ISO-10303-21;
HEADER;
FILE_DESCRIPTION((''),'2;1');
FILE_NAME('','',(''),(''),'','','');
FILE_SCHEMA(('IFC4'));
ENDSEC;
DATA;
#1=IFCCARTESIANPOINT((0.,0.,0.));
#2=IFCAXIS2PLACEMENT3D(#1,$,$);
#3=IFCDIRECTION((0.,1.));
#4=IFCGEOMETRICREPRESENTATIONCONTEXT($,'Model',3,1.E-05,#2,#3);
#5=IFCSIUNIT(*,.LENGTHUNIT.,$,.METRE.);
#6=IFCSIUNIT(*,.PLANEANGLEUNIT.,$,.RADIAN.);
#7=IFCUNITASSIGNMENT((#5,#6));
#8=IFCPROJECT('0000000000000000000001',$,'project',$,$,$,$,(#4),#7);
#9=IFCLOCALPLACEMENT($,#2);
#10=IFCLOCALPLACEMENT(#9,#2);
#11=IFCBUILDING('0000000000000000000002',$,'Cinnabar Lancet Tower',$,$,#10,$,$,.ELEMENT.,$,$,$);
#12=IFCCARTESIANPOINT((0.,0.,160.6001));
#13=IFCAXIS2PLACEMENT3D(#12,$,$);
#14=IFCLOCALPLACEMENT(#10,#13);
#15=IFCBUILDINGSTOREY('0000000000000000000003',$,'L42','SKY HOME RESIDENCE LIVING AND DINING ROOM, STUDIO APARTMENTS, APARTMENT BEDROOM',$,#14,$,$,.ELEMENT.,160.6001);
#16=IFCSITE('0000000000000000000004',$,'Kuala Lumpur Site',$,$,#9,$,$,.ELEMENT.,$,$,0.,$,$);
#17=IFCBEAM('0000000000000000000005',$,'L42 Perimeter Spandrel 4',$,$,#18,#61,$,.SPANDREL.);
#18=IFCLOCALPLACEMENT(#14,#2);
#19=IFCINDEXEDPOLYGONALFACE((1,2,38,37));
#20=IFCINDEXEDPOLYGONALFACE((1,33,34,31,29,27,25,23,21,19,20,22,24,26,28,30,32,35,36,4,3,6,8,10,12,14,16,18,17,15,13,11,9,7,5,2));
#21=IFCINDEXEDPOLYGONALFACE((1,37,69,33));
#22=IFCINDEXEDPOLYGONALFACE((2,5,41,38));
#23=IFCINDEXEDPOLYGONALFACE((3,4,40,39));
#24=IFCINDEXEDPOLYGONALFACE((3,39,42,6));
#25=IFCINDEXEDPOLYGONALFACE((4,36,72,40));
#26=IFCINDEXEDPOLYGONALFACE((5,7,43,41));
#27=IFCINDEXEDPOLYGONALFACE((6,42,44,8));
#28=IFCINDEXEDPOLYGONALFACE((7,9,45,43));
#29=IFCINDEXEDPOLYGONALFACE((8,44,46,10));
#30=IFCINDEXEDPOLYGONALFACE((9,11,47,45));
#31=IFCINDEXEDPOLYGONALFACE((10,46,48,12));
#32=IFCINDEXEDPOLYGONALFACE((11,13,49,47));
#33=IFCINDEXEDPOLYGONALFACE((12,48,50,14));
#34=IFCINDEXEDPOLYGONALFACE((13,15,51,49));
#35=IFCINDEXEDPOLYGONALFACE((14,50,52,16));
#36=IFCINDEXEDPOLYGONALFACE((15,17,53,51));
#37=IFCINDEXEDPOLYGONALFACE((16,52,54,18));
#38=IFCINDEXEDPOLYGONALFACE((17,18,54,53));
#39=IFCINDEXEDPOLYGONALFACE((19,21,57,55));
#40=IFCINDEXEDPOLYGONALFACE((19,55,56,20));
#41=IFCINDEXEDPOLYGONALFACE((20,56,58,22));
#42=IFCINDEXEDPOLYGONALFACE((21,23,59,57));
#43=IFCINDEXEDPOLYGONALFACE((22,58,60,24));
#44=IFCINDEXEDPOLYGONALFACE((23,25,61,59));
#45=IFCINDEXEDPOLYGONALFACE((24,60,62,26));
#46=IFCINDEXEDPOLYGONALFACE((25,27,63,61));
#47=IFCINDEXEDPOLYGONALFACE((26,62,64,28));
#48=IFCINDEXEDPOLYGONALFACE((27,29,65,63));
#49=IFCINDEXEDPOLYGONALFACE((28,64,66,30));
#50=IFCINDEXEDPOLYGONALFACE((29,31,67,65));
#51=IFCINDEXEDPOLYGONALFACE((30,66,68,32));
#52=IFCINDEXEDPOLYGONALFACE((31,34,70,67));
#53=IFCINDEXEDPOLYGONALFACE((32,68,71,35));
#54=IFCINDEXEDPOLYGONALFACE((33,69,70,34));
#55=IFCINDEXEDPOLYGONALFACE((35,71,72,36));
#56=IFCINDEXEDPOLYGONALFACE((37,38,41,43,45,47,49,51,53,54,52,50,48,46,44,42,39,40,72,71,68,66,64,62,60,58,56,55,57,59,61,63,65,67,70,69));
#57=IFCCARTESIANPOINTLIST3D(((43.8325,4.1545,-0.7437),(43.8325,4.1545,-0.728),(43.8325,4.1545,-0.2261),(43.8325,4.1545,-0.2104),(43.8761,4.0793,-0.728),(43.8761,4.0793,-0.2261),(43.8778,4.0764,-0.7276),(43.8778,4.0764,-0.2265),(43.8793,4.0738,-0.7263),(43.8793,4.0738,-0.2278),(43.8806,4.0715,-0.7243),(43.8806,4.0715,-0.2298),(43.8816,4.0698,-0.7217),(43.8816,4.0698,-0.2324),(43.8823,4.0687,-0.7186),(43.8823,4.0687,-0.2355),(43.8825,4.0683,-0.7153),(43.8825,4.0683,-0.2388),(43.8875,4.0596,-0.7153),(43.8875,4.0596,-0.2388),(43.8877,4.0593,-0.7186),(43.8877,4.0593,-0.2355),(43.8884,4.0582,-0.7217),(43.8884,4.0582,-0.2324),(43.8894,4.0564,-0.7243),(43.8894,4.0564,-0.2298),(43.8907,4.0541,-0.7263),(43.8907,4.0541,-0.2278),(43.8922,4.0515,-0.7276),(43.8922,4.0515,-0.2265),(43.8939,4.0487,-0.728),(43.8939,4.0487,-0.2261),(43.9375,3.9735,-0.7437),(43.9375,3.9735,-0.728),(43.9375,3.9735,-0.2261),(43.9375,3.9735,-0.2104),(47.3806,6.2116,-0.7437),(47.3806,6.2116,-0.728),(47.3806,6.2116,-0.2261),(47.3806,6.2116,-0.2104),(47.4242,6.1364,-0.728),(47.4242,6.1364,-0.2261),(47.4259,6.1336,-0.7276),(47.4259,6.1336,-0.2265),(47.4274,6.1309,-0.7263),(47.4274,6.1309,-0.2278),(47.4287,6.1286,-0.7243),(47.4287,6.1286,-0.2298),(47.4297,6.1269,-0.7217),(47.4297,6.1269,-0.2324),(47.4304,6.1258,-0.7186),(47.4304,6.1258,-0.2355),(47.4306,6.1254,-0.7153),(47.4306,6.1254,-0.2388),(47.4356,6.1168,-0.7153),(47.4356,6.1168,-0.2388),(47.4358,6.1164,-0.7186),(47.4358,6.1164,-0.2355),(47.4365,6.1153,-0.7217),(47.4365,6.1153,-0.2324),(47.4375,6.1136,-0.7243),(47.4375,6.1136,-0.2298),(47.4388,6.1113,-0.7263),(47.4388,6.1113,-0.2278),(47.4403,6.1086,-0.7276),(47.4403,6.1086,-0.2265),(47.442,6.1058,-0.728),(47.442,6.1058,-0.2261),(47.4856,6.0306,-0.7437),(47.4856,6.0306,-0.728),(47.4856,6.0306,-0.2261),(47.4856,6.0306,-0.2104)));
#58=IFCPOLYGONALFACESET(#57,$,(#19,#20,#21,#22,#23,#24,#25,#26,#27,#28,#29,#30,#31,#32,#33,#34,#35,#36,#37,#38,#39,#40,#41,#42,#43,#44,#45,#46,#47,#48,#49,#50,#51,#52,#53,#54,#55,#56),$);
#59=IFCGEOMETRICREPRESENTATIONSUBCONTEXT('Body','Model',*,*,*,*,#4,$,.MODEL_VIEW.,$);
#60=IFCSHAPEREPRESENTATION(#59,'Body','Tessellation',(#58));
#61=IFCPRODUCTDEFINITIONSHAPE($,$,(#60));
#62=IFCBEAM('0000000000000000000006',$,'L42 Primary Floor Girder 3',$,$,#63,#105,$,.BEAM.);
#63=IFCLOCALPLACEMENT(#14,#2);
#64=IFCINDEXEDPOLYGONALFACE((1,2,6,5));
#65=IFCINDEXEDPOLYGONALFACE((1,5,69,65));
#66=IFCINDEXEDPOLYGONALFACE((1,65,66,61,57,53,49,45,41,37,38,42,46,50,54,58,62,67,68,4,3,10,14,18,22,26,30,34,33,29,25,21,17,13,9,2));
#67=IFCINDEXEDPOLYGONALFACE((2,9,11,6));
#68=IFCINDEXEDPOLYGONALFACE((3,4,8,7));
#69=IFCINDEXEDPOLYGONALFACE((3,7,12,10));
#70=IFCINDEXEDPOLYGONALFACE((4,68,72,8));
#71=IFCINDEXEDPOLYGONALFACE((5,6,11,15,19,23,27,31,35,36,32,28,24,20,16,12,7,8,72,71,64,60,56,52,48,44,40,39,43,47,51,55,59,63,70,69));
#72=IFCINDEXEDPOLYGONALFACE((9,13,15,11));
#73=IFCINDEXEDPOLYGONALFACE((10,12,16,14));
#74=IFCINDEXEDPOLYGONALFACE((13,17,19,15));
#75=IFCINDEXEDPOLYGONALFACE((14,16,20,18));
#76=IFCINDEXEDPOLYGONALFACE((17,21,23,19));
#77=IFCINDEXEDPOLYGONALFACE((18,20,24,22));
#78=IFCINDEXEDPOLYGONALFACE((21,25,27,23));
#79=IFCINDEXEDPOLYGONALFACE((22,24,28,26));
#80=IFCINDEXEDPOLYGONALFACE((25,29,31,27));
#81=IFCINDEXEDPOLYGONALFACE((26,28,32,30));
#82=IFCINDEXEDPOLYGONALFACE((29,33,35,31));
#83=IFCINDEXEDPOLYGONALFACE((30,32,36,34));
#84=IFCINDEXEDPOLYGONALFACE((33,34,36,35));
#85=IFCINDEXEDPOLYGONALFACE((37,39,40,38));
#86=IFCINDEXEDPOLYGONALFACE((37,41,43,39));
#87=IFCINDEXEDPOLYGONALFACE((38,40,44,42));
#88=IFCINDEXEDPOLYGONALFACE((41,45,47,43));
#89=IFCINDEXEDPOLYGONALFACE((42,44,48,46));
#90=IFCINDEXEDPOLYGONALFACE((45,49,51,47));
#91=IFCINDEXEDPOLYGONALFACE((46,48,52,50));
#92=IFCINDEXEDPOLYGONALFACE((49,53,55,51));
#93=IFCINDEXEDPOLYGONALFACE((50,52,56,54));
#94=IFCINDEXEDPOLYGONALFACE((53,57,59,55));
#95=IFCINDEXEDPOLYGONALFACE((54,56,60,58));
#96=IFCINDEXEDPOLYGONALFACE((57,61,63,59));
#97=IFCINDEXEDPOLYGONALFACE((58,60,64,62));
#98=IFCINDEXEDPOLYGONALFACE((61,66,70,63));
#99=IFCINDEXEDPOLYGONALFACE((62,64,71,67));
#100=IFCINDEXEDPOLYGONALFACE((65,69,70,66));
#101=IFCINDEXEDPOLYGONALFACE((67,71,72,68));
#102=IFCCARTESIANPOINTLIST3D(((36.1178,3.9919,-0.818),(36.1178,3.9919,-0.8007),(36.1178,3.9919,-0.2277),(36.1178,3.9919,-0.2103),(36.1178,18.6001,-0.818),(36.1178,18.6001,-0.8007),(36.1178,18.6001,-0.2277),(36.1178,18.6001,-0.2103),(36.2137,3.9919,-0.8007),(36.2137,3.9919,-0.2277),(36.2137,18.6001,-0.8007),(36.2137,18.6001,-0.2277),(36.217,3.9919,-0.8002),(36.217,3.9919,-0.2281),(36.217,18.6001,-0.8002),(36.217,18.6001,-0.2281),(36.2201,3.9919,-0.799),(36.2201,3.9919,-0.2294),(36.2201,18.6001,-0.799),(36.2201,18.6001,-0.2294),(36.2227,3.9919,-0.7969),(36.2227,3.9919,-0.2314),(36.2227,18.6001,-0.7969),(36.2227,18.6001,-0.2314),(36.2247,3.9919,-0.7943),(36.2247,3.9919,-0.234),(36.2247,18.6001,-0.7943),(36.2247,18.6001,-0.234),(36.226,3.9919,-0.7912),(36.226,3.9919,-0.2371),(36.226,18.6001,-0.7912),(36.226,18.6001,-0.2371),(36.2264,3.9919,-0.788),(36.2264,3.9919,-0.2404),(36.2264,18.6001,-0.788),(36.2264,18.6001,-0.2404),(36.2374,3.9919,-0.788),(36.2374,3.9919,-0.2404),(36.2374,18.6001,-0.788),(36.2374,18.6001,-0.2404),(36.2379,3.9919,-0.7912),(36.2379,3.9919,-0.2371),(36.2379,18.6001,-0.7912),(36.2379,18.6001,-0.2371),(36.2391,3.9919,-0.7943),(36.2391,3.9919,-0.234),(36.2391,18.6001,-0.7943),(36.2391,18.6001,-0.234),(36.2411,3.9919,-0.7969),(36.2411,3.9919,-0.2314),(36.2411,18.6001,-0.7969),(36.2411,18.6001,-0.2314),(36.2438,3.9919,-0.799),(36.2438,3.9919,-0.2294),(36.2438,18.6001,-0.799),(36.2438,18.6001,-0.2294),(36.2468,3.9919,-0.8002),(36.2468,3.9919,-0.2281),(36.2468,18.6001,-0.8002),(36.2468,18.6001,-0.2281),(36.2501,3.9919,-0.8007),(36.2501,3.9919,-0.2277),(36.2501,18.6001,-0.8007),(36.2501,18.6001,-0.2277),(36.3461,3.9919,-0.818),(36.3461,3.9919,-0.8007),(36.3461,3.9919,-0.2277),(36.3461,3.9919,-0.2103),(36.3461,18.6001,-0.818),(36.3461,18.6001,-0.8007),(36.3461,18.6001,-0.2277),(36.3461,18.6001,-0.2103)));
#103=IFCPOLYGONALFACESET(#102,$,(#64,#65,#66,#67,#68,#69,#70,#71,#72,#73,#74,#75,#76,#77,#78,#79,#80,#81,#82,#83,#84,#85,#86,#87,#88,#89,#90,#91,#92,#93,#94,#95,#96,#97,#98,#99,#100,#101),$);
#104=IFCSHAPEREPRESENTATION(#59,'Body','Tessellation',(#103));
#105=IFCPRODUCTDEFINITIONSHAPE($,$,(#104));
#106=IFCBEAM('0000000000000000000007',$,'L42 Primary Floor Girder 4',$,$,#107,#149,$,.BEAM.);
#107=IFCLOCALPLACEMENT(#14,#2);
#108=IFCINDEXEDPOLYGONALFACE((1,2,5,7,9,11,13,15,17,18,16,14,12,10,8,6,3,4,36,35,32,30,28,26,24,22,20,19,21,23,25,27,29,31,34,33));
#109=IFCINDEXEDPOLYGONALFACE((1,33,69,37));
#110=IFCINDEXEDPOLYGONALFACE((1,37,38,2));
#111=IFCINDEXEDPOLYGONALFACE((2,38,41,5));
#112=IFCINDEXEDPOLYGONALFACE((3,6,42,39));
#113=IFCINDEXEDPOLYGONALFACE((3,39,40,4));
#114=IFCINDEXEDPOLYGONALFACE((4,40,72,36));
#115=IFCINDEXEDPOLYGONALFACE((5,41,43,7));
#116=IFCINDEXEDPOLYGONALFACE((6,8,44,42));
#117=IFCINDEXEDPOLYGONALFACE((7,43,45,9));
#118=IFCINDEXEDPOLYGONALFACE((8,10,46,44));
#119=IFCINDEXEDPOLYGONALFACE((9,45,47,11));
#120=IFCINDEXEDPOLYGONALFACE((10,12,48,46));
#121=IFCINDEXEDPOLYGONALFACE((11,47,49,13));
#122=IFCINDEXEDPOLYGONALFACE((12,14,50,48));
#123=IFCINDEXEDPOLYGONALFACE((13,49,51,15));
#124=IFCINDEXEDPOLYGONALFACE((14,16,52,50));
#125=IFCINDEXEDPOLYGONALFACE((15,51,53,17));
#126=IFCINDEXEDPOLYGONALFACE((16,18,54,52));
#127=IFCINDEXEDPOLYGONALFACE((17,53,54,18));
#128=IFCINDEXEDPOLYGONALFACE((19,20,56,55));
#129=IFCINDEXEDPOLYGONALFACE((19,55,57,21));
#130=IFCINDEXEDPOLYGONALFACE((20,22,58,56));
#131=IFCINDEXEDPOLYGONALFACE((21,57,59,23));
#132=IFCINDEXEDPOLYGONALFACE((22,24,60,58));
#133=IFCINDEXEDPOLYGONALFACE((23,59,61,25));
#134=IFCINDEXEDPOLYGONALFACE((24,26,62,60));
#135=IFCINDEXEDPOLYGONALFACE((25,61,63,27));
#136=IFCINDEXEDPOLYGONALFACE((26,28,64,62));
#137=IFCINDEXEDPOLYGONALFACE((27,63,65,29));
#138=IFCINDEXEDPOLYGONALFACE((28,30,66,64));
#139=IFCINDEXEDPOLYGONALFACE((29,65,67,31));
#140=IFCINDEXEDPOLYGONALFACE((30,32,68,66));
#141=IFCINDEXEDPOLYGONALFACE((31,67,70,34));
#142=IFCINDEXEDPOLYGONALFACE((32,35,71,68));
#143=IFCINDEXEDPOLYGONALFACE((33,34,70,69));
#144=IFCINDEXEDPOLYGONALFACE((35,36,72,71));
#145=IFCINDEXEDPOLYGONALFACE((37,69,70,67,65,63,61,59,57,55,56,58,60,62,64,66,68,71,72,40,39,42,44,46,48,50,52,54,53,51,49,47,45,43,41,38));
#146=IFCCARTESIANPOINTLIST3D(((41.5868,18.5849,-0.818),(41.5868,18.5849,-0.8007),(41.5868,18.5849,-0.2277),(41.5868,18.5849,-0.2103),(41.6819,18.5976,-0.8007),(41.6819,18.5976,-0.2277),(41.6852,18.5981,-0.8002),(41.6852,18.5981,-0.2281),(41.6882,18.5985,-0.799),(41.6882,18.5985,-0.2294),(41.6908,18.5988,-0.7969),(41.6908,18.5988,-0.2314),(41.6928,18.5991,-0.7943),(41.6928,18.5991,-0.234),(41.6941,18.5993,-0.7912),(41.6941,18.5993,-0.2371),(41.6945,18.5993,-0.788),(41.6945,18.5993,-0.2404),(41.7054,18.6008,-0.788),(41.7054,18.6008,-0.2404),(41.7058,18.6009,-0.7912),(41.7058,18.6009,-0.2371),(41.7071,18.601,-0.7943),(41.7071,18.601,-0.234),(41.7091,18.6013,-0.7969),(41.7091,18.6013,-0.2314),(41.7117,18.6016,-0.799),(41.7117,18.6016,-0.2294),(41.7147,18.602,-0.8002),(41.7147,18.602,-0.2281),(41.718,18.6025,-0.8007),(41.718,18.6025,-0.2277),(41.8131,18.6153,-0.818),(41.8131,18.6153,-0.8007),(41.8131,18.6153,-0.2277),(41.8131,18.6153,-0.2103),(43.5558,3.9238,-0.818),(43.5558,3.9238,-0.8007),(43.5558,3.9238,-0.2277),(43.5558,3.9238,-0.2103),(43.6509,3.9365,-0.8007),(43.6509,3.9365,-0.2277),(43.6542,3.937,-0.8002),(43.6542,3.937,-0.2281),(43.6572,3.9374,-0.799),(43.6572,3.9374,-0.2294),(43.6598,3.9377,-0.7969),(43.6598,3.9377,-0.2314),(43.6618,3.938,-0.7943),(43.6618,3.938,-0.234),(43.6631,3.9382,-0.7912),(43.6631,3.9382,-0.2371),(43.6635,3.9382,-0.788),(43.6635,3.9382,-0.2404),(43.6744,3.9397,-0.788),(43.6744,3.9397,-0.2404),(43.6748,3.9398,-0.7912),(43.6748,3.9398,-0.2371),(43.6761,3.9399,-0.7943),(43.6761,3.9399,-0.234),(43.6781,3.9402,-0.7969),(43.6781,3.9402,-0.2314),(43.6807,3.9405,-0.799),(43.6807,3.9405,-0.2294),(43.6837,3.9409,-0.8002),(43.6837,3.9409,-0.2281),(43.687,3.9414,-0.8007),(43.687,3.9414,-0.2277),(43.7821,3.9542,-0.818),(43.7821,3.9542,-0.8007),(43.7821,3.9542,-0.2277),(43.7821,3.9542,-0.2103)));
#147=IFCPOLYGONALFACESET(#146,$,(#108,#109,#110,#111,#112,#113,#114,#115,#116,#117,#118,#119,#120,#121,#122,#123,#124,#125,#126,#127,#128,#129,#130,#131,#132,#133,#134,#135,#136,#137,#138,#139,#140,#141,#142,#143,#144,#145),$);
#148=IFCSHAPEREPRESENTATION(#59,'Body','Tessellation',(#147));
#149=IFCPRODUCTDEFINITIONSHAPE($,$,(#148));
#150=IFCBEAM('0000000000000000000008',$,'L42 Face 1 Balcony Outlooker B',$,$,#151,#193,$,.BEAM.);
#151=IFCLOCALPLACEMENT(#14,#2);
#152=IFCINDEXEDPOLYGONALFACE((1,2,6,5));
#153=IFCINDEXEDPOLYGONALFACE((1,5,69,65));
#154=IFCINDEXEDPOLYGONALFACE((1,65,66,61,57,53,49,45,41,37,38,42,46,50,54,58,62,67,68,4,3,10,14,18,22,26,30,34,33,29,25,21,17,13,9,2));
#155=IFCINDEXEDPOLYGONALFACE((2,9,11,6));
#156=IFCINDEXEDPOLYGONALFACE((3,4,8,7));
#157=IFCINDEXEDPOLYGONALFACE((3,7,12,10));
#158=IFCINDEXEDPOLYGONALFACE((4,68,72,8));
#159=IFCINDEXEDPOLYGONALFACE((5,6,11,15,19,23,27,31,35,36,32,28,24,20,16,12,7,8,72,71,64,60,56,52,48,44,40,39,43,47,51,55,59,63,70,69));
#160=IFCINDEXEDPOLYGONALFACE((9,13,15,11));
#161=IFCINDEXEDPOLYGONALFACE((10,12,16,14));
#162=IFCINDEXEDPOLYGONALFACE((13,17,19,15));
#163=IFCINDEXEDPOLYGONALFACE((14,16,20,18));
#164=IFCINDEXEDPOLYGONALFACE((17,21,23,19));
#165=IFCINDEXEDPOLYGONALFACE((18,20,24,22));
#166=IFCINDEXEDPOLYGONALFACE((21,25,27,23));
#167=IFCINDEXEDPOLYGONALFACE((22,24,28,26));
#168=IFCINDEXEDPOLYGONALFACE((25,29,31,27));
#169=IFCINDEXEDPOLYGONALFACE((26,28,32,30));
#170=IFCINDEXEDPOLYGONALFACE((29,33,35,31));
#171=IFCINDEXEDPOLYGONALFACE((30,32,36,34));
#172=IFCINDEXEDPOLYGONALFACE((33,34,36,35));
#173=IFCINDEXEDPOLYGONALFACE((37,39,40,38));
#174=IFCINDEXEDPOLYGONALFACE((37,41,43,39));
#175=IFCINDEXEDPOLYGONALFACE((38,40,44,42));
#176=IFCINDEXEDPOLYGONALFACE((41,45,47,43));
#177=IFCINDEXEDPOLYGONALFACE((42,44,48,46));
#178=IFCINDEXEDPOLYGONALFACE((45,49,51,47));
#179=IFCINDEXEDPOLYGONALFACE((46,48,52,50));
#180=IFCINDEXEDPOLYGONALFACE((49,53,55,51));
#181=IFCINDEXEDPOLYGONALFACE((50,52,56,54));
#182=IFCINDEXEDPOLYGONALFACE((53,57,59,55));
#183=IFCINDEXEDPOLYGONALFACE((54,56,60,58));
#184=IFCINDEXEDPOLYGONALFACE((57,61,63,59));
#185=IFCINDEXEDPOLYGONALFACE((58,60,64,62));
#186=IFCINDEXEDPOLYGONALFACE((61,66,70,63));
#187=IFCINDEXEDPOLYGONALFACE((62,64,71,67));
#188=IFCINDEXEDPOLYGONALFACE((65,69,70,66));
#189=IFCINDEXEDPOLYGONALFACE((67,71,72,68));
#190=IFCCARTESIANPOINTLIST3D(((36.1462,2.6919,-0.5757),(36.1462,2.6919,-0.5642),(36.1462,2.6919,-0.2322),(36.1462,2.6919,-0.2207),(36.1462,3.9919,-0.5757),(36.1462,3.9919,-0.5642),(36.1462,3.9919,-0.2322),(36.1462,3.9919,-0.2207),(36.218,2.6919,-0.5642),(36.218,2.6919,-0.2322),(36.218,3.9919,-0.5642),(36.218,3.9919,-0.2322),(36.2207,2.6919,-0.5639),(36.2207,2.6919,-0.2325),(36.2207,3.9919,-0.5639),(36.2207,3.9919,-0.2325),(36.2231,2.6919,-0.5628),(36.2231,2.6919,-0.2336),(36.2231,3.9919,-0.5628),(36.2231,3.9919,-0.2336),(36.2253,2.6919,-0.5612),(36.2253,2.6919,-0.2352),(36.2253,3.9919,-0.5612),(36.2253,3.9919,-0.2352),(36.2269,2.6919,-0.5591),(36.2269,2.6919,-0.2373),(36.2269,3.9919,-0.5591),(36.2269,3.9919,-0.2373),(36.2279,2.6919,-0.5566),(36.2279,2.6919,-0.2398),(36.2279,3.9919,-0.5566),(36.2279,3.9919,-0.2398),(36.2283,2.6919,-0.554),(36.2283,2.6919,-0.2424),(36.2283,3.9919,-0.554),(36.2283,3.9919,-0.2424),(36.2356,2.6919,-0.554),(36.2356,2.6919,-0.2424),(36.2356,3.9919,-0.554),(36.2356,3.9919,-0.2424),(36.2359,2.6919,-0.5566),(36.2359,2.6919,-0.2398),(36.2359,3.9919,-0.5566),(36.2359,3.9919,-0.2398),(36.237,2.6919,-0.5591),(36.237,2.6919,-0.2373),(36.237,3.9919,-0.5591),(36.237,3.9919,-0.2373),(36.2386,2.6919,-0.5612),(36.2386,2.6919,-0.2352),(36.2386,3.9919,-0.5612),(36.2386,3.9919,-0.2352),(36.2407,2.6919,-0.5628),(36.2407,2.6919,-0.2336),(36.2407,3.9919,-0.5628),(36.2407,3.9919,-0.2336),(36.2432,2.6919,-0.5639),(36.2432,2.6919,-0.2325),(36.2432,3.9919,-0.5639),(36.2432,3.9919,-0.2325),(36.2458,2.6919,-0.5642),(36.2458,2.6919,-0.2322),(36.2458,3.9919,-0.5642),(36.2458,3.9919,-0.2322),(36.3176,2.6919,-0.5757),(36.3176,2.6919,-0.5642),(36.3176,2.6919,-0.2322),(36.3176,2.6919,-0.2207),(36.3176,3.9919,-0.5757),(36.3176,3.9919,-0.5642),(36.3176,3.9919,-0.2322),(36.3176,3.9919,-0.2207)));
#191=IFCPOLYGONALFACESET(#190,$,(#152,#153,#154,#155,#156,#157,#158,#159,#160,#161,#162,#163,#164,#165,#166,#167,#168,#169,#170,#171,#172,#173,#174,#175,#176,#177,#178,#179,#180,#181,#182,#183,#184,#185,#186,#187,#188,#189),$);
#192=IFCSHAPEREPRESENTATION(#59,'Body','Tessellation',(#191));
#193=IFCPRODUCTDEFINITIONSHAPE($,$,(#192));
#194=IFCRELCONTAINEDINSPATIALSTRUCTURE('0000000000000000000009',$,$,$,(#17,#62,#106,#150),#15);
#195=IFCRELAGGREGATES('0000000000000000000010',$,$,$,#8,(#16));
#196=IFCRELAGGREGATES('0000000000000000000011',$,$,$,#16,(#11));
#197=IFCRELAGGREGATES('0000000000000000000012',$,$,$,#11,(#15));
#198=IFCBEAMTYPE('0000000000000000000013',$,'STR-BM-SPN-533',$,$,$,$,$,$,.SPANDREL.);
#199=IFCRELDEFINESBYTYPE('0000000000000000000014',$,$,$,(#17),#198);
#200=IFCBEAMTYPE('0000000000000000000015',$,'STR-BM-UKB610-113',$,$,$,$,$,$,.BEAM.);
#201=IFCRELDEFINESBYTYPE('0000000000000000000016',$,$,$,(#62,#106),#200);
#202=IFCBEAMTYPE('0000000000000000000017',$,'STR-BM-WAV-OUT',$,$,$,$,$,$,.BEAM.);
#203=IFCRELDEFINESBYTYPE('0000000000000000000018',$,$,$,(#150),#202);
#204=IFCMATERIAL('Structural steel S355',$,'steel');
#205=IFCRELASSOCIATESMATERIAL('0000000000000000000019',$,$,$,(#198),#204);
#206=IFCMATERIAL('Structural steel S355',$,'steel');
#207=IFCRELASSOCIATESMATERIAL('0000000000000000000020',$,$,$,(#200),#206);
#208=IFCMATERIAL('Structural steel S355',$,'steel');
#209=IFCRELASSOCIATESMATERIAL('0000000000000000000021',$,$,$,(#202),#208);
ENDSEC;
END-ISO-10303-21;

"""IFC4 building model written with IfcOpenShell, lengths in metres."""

from ifc_helpers import new_model, si_unit, direction, frame, origin, origin_2d, place, context, subcontext, project, spatial, i_section, extrude, material, material_profile, profile_set, type_object, element, save


model = new_model("IFC4")

# Units and contexts
model_context = context("Model", 3, precision=1e-05, world=origin(), true_north=direction((0.0, 1.0)))
body_context = subcontext(model_context, "Body", "Model", "MODEL_VIEW")
ifc_project = project(units=[si_unit("LENGTHUNIT", "METRE"), si_unit("PLANEANGLEUNIT", "RADIAN")], contexts=[model_context])

# Site, building, storey
site_placement = place(None, origin())
site = spatial("IfcSite", under=ifc_project, at=site_placement, Name="Kuala Lumpur Site", CompositionType="ELEMENT", RefElevation=0.0)
building_placement = place(site_placement, origin())
building = spatial("IfcBuilding", under=site, at=building_placement, Name="Cinnabar Lancet Tower", CompositionType="ELEMENT")
storey_placement = place(building_placement, frame((0.0, 0.0, 160.6001)))
storey = spatial("IfcBuildingStorey", under=building, at=storey_placement, Name="L42", Description="SKY HOME RESIDENCE LIVING AND DINING ROOM, STUDIO APARTMENTS, APARTMENT BEDROOM", CompositionType="ELEMENT", Elevation=160.6001)

# Beams
ifc_material_1 = material(Name="Structural steel S355", Category="steel")
ifc_material_profile_1 = material_profile(ifc_material_1, i_section(OverallWidth=0.2092, OverallDepth=0.5332, WebThickness=0.01, FlangeThickness=0.0156, FilletRadius=0.0127, at=origin_2d()), Name="UKB 533x210x92")
ifc_profile_set_1 = profile_set([ifc_material_profile_1], Name="Structural steel S355")
beam_type_1 = type_object("IfcBeamType", Name="STR-BM-SPN-533", PredefinedType="SPANDREL", material=ifc_profile_set_1)
beam_1_placement = place(storey_placement, frame((43.885, 4.064, -0.4771), z_axis=(0.865112, 0.501578, 0.0), x_axis=(-0.501578, 0.865112, 0.0)))
element("IfcBeam", 1, at=beam_1_placement, inside=storey, type_object=beam_type_1, Name="L42 Perimeter Spandrel 4", PredefinedType="SPANDREL", context=body_context, shape_type="SweptSolid", body=[
    extrude(i_section(OverallWidth=0.2092, OverallDepth=0.5332, WebThickness=0.01, FlangeThickness=0.0156, FilletRadius=0.0127, at=origin_2d()), origin(), (0.0, 0.0, 1.0), 4.1013),
])
ifc_material_2 = material(Name="Structural steel S355", Category="steel")
ifc_material_profile_2 = material_profile(ifc_material_2, i_section(OverallWidth=0.2283, OverallDepth=0.6077, WebThickness=0.011, FlangeThickness=0.0173, FilletRadius=0.0127, at=origin_2d()), Name="UKB 610x229x113")
ifc_profile_set_2 = profile_set([ifc_material_profile_2], Name="Structural steel S355")
beam_type_2 = type_object("IfcBeamType", Name="STR-BM-UKB610-113", PredefinedType="BEAM", material=ifc_profile_set_2)
beam_2_placement = place(storey_placement, frame((36.2319, 3.9919, -0.5142), z_axis=(0.0, 1.0, 0.0), x_axis=(-1.0, 0.0, 0.0)))
element("IfcBeam", 2, at=beam_2_placement, inside=storey, type_object=beam_type_2, Name="L42 Primary Floor Girder 3", PredefinedType="BEAM", context=body_context, shape_type="SweptSolid", body=[
    extrude(i_section(OverallWidth=0.2283, OverallDepth=0.6077, WebThickness=0.011, FlangeThickness=0.0173, FilletRadius=0.0127, at=origin_2d()), origin(), (0.0, 0.0, 1.0), 14.6082),
])
beam_3_placement = place(storey_placement, frame((43.6689, 3.939, -0.5142), z_axis=(-0.133105, 0.991102, 0.0), x_axis=(-0.991102, -0.133105, 0.0)))
element("IfcBeam", 3, at=beam_3_placement, inside=storey, type_object=beam_type_2, Name="L42 Primary Floor Girder 4", PredefinedType="BEAM", context=body_context, shape_type="SweptSolid", body=[
    extrude(i_section(OverallWidth=0.2283, OverallDepth=0.6077, WebThickness=0.011, FlangeThickness=0.0173, FilletRadius=0.0127, at=origin_2d()), origin(), (0.0, 0.0, 1.0), 14.7927),
])
ifc_material_3 = material(Name="Structural steel S355", Category="steel")
ifc_material_profile_3 = material_profile(ifc_material_3, i_section(OverallWidth=0.1714, OverallDepth=0.355, WebThickness=0.0073, FlangeThickness=0.0115, FilletRadius=0.0103, at=origin_2d()), Name="UKB 356x171x51")
ifc_profile_set_3 = profile_set([ifc_material_profile_3], Name="Structural steel S355")
beam_type_3 = type_object("IfcBeamType", Name="STR-BM-WAV-OUT", PredefinedType="BEAM", material=ifc_profile_set_3)
beam_4_placement = place(storey_placement, frame((36.2319, 3.9919, -0.3982), z_axis=(0.0, -1.0, 0.0), x_axis=(1.0, 0.0, 0.0)))
element("IfcBeam", 4, at=beam_4_placement, inside=storey, type_object=beam_type_3, Name="L42 Face 1 Balcony Outlooker B", PredefinedType="BEAM", context=body_context, shape_type="SweptSolid", body=[
    extrude(i_section(OverallWidth=0.1714, OverallDepth=0.355, WebThickness=0.0073, FlangeThickness=0.0115, FilletRadius=0.0103, at=origin_2d()), origin(), (0.0, 0.0, 1.0), 1.3),
])

save(model, "model.ifc")
